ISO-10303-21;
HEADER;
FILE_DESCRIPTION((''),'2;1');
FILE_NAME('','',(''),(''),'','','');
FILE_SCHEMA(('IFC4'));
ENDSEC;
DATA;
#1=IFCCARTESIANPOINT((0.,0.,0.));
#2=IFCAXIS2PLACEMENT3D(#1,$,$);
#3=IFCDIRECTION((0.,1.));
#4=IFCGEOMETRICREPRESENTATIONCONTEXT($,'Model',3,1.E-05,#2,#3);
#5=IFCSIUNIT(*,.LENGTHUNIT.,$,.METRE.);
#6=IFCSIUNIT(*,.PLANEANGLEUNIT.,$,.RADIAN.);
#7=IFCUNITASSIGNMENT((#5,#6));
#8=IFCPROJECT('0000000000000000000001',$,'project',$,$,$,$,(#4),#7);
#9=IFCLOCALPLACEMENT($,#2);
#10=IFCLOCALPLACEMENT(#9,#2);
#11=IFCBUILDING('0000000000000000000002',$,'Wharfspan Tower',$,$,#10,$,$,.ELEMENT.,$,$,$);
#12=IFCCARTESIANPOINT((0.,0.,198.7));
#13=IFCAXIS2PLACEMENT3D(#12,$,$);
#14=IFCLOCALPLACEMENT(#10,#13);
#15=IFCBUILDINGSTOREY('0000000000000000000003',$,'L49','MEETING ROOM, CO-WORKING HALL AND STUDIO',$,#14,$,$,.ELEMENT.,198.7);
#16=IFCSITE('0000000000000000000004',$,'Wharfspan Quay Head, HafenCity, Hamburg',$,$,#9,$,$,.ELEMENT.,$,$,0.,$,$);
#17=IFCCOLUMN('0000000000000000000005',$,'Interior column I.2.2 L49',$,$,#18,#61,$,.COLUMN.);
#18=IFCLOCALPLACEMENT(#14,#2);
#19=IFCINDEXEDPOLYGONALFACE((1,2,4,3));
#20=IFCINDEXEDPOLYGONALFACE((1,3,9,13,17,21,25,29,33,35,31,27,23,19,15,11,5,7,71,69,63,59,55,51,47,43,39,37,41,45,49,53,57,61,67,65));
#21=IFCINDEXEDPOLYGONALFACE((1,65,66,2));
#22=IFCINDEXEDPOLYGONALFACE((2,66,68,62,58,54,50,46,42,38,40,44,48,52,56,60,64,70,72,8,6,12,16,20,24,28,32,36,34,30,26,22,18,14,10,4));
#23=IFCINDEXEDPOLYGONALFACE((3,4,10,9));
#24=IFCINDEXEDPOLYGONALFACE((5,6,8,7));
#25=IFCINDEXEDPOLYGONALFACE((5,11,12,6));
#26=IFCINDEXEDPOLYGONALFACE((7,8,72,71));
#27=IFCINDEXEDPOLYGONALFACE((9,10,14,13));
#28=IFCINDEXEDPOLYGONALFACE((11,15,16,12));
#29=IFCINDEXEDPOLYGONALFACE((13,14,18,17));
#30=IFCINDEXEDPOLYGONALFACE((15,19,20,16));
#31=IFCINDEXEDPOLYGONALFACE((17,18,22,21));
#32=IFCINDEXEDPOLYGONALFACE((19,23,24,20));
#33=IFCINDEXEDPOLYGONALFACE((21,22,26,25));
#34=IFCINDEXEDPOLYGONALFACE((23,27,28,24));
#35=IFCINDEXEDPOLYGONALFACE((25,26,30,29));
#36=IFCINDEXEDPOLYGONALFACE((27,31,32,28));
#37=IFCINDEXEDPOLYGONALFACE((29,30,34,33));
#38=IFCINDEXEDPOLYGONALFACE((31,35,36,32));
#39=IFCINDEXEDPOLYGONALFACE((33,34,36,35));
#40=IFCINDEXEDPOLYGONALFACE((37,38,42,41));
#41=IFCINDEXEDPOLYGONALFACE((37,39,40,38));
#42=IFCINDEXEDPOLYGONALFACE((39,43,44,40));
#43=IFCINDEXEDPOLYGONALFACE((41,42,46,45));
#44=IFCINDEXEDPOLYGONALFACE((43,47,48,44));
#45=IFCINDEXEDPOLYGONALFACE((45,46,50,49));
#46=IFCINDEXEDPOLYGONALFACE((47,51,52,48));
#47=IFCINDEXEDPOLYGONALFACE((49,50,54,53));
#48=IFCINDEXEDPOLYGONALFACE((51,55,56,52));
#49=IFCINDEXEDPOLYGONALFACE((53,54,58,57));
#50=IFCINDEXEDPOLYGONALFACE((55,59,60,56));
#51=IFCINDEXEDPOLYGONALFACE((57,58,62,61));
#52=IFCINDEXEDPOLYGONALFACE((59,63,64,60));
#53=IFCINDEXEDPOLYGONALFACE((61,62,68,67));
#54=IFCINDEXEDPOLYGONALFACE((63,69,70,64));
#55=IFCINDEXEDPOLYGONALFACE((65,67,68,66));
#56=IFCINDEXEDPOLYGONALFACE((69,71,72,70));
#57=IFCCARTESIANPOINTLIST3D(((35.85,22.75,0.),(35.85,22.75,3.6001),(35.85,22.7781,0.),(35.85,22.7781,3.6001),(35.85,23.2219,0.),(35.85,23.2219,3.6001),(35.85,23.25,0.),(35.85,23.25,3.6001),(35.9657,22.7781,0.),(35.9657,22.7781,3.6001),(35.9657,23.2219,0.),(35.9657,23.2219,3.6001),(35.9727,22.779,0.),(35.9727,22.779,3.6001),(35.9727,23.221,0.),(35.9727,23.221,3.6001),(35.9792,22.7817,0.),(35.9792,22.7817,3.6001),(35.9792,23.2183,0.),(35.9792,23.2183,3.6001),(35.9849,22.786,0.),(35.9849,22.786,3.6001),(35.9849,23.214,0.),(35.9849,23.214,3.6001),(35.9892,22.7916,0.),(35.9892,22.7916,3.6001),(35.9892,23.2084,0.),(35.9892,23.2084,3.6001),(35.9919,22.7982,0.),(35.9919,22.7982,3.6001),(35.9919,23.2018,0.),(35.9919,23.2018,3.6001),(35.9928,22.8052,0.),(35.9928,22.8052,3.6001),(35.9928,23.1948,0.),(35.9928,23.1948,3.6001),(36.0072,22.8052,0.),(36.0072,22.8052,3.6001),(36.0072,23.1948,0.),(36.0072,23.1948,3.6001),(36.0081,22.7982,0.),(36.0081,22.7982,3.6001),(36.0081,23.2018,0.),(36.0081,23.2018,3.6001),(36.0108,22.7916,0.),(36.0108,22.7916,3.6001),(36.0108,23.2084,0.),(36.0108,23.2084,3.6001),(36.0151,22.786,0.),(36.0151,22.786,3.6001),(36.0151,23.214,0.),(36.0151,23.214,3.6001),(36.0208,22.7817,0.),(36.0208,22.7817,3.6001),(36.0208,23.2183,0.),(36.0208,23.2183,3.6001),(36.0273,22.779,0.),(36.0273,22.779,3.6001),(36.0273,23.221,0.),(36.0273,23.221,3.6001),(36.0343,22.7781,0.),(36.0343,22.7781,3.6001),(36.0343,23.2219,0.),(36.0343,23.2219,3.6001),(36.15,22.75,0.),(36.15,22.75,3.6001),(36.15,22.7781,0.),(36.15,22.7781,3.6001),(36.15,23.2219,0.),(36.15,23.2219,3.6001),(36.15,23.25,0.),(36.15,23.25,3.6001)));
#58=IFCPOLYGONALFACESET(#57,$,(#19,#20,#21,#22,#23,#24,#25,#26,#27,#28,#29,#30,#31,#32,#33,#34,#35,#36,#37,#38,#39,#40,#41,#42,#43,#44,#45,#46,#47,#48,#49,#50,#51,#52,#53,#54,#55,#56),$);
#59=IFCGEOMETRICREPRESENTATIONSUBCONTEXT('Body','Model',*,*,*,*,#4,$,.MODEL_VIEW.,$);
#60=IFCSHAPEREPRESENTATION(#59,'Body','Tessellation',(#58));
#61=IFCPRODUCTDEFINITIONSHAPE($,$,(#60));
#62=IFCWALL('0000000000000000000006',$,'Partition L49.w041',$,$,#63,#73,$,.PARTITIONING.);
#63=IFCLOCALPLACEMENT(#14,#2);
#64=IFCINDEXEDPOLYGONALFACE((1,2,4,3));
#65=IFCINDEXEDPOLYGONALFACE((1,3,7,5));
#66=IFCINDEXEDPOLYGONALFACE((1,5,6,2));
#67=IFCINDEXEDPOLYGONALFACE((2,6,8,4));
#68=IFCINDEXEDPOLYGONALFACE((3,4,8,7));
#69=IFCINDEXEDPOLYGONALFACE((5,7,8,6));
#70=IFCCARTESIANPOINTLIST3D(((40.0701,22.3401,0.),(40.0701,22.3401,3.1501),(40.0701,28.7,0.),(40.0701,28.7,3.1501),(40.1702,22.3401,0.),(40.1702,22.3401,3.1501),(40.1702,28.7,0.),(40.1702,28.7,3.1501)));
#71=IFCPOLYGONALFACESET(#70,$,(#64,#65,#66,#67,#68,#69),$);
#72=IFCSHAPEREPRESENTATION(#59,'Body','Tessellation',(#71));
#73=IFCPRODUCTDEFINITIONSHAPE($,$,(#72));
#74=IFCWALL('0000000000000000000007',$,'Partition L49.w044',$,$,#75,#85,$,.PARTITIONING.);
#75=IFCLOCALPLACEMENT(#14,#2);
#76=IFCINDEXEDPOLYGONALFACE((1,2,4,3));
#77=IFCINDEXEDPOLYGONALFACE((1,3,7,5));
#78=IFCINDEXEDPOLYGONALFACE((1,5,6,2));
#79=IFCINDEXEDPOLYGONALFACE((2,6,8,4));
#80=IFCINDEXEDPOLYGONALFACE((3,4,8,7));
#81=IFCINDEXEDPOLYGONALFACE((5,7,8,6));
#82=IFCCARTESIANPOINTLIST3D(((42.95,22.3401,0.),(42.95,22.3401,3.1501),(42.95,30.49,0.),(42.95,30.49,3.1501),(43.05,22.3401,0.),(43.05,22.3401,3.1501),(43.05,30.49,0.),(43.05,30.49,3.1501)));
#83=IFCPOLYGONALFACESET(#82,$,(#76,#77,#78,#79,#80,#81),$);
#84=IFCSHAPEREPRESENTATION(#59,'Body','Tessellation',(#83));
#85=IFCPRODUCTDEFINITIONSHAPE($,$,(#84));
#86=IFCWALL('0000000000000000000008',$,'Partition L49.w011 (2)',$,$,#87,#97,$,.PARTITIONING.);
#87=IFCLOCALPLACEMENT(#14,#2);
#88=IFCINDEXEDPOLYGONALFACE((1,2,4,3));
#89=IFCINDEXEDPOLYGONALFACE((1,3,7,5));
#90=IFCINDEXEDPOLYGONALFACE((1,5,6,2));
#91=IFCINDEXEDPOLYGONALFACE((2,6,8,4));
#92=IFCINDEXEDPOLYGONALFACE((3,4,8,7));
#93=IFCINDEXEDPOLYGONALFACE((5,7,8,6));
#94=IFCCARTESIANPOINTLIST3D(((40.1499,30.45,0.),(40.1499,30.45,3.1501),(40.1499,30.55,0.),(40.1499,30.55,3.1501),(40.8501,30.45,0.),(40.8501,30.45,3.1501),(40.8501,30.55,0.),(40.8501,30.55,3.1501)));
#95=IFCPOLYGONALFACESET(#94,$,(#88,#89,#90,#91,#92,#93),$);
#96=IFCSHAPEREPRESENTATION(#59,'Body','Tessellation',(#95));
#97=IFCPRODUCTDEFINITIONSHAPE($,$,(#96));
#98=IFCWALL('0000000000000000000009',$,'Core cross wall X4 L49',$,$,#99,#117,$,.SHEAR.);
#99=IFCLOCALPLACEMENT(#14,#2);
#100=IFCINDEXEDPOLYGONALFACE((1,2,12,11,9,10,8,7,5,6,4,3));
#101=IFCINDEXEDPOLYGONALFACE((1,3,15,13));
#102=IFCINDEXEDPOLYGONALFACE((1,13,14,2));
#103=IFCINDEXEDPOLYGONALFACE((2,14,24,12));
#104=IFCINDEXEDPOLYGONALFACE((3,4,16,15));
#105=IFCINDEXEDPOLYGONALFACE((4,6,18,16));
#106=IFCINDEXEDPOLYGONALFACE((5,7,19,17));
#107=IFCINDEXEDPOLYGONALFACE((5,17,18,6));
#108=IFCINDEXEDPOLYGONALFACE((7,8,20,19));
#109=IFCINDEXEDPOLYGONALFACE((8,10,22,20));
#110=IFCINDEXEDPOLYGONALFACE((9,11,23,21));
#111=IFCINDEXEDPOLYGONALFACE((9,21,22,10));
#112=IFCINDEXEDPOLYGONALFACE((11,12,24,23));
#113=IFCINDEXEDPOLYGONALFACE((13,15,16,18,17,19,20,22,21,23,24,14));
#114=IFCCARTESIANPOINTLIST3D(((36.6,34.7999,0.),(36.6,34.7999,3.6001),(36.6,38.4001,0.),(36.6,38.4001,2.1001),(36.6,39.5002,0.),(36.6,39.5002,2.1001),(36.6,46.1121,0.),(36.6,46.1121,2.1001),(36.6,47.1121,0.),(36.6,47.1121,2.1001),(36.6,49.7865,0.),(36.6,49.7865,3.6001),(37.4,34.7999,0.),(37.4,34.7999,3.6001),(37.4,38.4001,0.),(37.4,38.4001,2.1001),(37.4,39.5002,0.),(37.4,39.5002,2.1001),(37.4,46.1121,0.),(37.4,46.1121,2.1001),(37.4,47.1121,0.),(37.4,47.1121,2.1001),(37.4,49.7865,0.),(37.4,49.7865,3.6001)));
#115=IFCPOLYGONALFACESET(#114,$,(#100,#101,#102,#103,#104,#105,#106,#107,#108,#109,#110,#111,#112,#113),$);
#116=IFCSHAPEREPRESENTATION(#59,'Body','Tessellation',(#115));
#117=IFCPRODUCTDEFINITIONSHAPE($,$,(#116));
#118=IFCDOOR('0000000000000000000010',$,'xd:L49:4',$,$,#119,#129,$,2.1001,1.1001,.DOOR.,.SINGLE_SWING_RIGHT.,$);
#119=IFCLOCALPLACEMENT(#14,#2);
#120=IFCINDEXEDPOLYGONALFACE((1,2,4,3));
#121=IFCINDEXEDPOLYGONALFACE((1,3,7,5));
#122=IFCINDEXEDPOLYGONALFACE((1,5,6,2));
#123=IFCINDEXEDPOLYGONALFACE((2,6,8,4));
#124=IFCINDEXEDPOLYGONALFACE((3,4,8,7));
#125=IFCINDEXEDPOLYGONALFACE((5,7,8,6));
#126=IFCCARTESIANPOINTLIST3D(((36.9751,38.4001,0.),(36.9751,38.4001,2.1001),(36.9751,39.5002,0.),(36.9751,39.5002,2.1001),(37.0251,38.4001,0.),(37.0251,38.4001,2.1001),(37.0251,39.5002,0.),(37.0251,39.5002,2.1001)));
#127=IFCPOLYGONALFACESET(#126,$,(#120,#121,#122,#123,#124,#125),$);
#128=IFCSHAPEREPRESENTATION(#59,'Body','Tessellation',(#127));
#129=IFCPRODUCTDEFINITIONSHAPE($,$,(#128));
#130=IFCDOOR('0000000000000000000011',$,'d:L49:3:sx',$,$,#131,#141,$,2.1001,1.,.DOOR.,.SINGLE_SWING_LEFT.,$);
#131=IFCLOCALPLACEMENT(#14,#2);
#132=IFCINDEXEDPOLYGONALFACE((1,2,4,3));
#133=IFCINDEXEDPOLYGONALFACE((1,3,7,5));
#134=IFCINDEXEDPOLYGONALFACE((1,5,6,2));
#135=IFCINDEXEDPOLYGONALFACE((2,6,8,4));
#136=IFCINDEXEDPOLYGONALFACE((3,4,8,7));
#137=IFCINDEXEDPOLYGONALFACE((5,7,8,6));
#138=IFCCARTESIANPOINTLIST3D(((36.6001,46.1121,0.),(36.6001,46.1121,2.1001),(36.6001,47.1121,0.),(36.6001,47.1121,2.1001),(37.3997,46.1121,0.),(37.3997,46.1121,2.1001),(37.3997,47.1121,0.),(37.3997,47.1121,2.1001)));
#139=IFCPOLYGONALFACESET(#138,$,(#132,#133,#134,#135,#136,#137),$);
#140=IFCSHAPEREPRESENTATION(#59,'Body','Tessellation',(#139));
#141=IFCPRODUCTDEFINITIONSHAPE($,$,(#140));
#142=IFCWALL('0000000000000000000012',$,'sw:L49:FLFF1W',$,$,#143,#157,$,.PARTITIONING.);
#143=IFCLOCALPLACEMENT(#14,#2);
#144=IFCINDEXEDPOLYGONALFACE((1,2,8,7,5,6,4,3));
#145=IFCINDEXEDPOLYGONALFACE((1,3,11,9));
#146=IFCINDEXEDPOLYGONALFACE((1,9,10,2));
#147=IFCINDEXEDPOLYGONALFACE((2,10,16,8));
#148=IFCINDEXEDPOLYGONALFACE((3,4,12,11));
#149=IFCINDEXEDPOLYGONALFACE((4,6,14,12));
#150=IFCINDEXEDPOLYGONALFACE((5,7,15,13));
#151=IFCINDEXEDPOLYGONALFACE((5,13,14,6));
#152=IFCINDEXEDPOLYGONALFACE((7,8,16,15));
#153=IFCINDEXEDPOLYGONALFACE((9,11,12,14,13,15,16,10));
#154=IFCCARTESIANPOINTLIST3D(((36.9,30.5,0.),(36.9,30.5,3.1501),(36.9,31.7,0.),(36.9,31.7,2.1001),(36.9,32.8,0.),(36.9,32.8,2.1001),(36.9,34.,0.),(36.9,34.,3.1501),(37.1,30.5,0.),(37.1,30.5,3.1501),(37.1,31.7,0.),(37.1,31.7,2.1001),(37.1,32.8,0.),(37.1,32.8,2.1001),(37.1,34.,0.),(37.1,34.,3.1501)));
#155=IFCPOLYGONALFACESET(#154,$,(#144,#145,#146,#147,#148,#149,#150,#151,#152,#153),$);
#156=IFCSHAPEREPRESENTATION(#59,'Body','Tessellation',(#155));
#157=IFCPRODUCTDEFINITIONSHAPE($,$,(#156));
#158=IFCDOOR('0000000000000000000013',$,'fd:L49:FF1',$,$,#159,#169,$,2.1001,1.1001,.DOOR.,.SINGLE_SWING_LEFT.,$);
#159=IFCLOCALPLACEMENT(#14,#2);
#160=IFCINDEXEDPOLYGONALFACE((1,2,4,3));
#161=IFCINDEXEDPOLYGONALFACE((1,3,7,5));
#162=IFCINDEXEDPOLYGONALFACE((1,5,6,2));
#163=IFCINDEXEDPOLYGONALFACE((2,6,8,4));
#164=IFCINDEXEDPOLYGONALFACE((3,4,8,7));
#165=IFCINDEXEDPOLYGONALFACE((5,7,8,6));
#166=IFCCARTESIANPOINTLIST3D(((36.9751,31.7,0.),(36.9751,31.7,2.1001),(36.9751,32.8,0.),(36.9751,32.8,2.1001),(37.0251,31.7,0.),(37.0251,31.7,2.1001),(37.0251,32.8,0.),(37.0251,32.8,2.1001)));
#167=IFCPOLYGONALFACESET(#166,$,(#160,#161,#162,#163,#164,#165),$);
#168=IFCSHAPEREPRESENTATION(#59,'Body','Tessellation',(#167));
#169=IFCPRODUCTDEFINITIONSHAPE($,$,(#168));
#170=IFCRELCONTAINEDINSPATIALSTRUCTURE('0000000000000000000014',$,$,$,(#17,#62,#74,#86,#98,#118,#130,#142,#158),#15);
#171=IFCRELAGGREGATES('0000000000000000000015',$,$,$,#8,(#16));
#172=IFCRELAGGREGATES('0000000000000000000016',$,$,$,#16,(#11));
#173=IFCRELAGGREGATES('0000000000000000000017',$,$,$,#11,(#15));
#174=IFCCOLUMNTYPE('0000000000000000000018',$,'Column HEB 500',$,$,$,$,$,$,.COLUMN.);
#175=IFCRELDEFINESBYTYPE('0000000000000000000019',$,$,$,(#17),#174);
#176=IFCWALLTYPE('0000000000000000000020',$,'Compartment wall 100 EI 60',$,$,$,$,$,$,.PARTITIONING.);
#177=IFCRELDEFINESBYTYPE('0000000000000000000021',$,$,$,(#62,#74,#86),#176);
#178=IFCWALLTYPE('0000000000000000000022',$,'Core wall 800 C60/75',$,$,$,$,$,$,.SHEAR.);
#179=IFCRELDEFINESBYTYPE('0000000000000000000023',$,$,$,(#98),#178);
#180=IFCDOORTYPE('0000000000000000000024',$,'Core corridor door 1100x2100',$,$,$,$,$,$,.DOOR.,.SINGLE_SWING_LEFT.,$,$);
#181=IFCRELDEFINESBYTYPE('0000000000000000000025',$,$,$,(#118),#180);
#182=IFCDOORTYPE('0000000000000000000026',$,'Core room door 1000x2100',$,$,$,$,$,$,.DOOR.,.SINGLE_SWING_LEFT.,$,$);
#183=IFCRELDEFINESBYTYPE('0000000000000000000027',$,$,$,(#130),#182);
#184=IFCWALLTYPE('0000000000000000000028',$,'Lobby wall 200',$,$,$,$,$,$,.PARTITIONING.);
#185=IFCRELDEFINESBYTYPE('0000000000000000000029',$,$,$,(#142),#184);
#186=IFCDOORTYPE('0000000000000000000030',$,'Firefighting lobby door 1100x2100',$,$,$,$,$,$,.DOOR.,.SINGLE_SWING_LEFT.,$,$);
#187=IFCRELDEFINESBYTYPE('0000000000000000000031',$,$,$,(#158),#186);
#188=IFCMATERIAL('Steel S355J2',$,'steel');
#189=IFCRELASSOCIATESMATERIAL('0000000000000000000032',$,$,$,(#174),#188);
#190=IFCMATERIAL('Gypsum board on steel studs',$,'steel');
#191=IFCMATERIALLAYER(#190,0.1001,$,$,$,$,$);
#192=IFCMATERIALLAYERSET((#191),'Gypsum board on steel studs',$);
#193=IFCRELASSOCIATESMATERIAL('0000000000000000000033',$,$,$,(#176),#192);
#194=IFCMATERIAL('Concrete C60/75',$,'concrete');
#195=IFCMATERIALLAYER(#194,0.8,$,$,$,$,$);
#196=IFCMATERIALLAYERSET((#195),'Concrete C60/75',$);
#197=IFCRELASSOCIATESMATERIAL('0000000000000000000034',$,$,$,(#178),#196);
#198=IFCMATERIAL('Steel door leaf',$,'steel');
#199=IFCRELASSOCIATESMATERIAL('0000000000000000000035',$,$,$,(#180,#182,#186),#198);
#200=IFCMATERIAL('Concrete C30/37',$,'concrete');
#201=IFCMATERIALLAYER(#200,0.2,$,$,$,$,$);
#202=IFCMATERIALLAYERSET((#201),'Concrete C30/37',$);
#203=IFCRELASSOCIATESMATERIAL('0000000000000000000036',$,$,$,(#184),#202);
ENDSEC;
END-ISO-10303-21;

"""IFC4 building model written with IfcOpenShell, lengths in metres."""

from ifc_helpers import new_model, si_unit, direction, frame, frame_2d, origin, origin_2d, place, context, subcontext, project, spatial, rectangle, i_section, extrude, material, layer, layer_set, material_profile, profile_set, type_object, element, fill, save


model = new_model("IFC4")

# Units and contexts
model_context = context("Model", 3, precision=1e-05, world=origin(), true_north=direction((0.0, 1.0)))
body_context = subcontext(model_context, "Body", "Model", "MODEL_VIEW")
ifc_project = project(units=[si_unit("LENGTHUNIT", "METRE"), si_unit("PLANEANGLEUNIT", "RADIAN")], contexts=[model_context])

# Site, building, storey
site_placement = place(None, origin())
site = spatial("IfcSite", under=ifc_project, at=site_placement, Name="Wharfspan Quay Head, HafenCity, Hamburg", CompositionType="ELEMENT", RefElevation=0.0)
building_placement = place(site_placement, origin())
building = spatial("IfcBuilding", under=site, at=building_placement, Name="Wharfspan Tower", CompositionType="ELEMENT")
storey_placement = place(building_placement, frame((0.0, 0.0, 198.7)))
storey = spatial("IfcBuildingStorey", under=building, at=storey_placement, Name="L49", Description="MEETING ROOM, CO-WORKING HALL AND STUDIO", CompositionType="ELEMENT", Elevation=198.7)

# Column
ifc_material_1 = material(Name="Steel S355J2", Category="steel")
ifc_material_profile = material_profile(ifc_material_1, i_section(OverallWidth=0.3, OverallDepth=0.5, WebThickness=0.0144, FlangeThickness=0.0281, FilletRadius=0.0271, at=origin_2d()))
ifc_profile_set = profile_set([ifc_material_profile], Name="Steel S355J2")
column_type = type_object("IfcColumnType", Name="Column HEB 500", PredefinedType="COLUMN", material=ifc_profile_set)
column_placement = place(storey_placement, frame((36.0, 23.0, 0.0), z_axis=(0.0, 0.0, 1.0), x_axis=(1.0, 0.0, 0.0)))
element("IfcColumn", 1, at=column_placement, inside=storey, type_object=column_type, Name="Interior column I.2.2 L49", PredefinedType="COLUMN", context=body_context, shape_type="SweptSolid", body=[
    extrude(i_section(OverallWidth=0.3, OverallDepth=0.5, WebThickness=0.0144, FlangeThickness=0.0281, FilletRadius=0.0271, at=origin_2d()), origin(), (0.0, 0.0, 1.0), 3.6001),
])

# Walls
ifc_material_2 = material(Name="Gypsum board on steel studs", Category="steel")
ifc_layer_1 = layer(ifc_material_2, 0.1001)
ifc_layer_set_1 = layer_set([ifc_layer_1], Name="Gypsum board on steel studs")
wall_type_1 = type_object("IfcWallType", Name="Compartment wall 100 EI 60", PredefinedType="PARTITIONING", material=ifc_layer_set_1)
wall_1_placement = place(storey_placement, frame((40.1201, 22.3401, 0.0), z_axis=(0.0, 0.0, 1.0), x_axis=(0.0, 1.0, 0.0)))
element("IfcWall", 2, at=wall_1_placement, inside=storey, type_object=wall_type_1, Name="Partition L49.w041", PredefinedType="PARTITIONING", context=body_context, shape_type="SweptSolid", body=[
    extrude(rectangle(XDim=6.3599, YDim=0.1001, at=frame_2d((3.1799, 0.0))), origin(), (0.0, 0.0, 1.0), 3.1501),
])
wall_2_placement = place(storey_placement, frame((43.0, 22.3401, 0.0), z_axis=(0.0, 0.0, 1.0), x_axis=(0.0, 1.0, 0.0)))
element("IfcWall", 3, at=wall_2_placement, inside=storey, type_object=wall_type_1, Name="Partition L49.w044", PredefinedType="PARTITIONING", context=body_context, shape_type="SweptSolid", body=[
    extrude(rectangle(XDim=8.1499, YDim=0.1001, at=frame_2d((4.075, 0.0))), origin(), (0.0, 0.0, 1.0), 3.1501),
])
wall_3_placement = place(storey_placement, frame((40.1499, 30.5, 0.0), z_axis=(0.0, 0.0, 1.0), x_axis=(1.0, 0.0, 0.0)))
element("IfcWall", 4, at=wall_3_placement, inside=storey, type_object=wall_type_1, Name="Partition L49.w011 (2)", PredefinedType="PARTITIONING", context=body_context, shape_type="SweptSolid", body=[
    extrude(rectangle(XDim=0.7002, YDim=0.1001, at=frame_2d((0.3501, 0.0))), origin(), (0.0, 0.0, 1.0), 3.1501),
])

# Wall, openings, doors
ifc_material_3 = material(Name="Concrete C60/75", Category="concrete")
ifc_layer_2 = layer(ifc_material_3, 0.8)
ifc_layer_set_2 = layer_set([ifc_layer_2], Name="Concrete C60/75")
wall_type_2 = type_object("IfcWallType", Name="Core wall 800 C60/75", PredefinedType="SHEAR", material=ifc_layer_set_2)
wall_4_placement = place(storey_placement, frame((37.0, 34.8, 0.0), z_axis=(0.0, 0.0, 1.0), x_axis=(0.0, 1.0, 0.0)))
wall_4 = element("IfcWall", 5, at=wall_4_placement, inside=storey, type_object=wall_type_2, Name="Core cross wall X4 L49", PredefinedType="SHEAR", context=body_context, shape_type="SweptSolid", body=[
    extrude(rectangle(XDim=14.9866, YDim=0.8, at=frame_2d((7.4932, 0.0))), origin(), (0.0, 0.0, 1.0), 3.6001),
])
opening_1_placement = place(wall_4_placement, frame((11.312, 0.0, 0.0)))
opening_1 = element("IfcOpeningElement", 6, at=opening_1_placement, cuts=wall_4, PredefinedType="OPENING", context=body_context, shape_type="SweptSolid", body=[
    extrude(rectangle(XDim=1.0, YDim=2.1001, at=frame_2d((0.5, 1.05))), frame((0.0, 0.4099, 0.0), z_axis=(0.0, -1.0, 0.0), x_axis=(1.0, 0.0, 0.0)), (0.0, 0.0, 1.0), 0.8201),
])
opening_2_placement = place(wall_4_placement, frame((3.6001, 0.0, 0.0)))
opening_2 = element("IfcOpeningElement", 7, at=opening_2_placement, cuts=wall_4, PredefinedType="OPENING", context=body_context, shape_type="SweptSolid", body=[
    extrude(rectangle(XDim=1.1001, YDim=2.1001, at=frame_2d((0.55, 1.05))), frame((0.0, 0.4099, 0.0), z_axis=(0.0, -1.0, 0.0), x_axis=(1.0, 0.0, 0.0)), (0.0, 0.0, 1.0), 0.8201),
])
ifc_material_4 = material(Name="Steel door leaf", Category="steel")
door_type_1 = type_object("IfcDoorType", Name="Core corridor door 1100x2100", OperationType="SINGLE_SWING_LEFT", PredefinedType="DOOR", material=ifc_material_4)
door_1_placement = place(opening_2_placement, origin())
door_1 = element("IfcDoor", 8, at=door_1_placement, inside=storey, type_object=door_type_1, Name="xd:L49:4", OperationType="SINGLE_SWING_RIGHT", OverallHeight=2.1001, OverallWidth=1.1001, PredefinedType="DOOR", context=body_context, shape_type="SweptSolid", body=[
    extrude(rectangle(XDim=1.1001, YDim=2.1001, at=frame_2d((0.55, 1.05))), frame((0.0, 0.0249, 0.0), z_axis=(0.0, -1.0, 0.0), x_axis=(1.0, 0.0, 0.0)), (0.0, 0.0, 1.0), 0.05),
])
fill(opening_2, door_1)
door_type_2 = type_object("IfcDoorType", Name="Core room door 1000x2100", OperationType="SINGLE_SWING_LEFT", PredefinedType="DOOR", material=ifc_material_4)
door_2_placement = place(opening_1_placement, origin())
door_2 = element("IfcDoor", 9, at=door_2_placement, inside=storey, type_object=door_type_2, Name="d:L49:3:sx", OperationType="SINGLE_SWING_LEFT", OverallHeight=2.1001, OverallWidth=1.0, PredefinedType="DOOR", context=body_context, shape_type="SweptSolid", body=[
    extrude(rectangle(XDim=1.0, YDim=2.1001, at=frame_2d((0.5, 1.05))), frame((0.0, 0.3999, 0.0), z_axis=(0.0, -1.0, 0.0), x_axis=(1.0, 0.0, 0.0)), (0.0, 0.0, 1.0), 0.7996),
])
fill(opening_1, door_2)

# Wall, opening, door
ifc_material_5 = material(Name="Concrete C30/37", Category="concrete")
ifc_layer_3 = layer(ifc_material_5, 0.2)
ifc_layer_set_3 = layer_set([ifc_layer_3], Name="Concrete C30/37")
wall_type_3 = type_object("IfcWallType", Name="Lobby wall 200", PredefinedType="PARTITIONING", material=ifc_layer_set_3)
wall_5_placement = place(storey_placement, frame((37.0, 30.5, 0.0), z_axis=(0.0, 0.0, 1.0), x_axis=(0.0, 1.0, 0.0)))
wall_5 = element("IfcWall", 10, at=wall_5_placement, inside=storey, type_object=wall_type_3, Name="sw:L49:FLFF1W", PredefinedType="PARTITIONING", context=body_context, shape_type="SweptSolid", body=[
    extrude(rectangle(XDim=3.5, YDim=0.2, at=frame_2d((1.75, 0.0))), origin(), (0.0, 0.0, 1.0), 3.1501),
])
opening_3_placement = place(wall_5_placement, frame((1.2, 0.0, 0.0)))
opening_3 = element("IfcOpeningElement", 11, at=opening_3_placement, cuts=wall_5, PredefinedType="OPENING", context=body_context, shape_type="SweptSolid", body=[
    extrude(rectangle(XDim=1.1001, YDim=2.1001, at=frame_2d((0.55, 1.05))), frame((0.0, 0.1099, 0.0), z_axis=(0.0, -1.0, 0.0), x_axis=(1.0, 0.0, 0.0)), (0.0, 0.0, 1.0), 0.22),
])
door_type_3 = type_object("IfcDoorType", Name="Firefighting lobby door 1100x2100", OperationType="SINGLE_SWING_LEFT", PredefinedType="DOOR", material=ifc_material_4)
door_3_placement = place(opening_3_placement, origin())
door_3 = element("IfcDoor", 12, at=door_3_placement, inside=storey, type_object=door_type_3, Name="fd:L49:FF1", OperationType="SINGLE_SWING_LEFT", OverallHeight=2.1001, OverallWidth=1.1001, PredefinedType="DOOR", context=body_context, shape_type="SweptSolid", body=[
    extrude(rectangle(XDim=1.1001, YDim=2.1001, at=frame_2d((0.55, 1.05))), frame((0.0, 0.0249, 0.0), z_axis=(0.0, -1.0, 0.0), x_axis=(1.0, 0.0, 0.0)), (0.0, 0.0, 1.0), 0.05),
])
fill(opening_3, door_3)

save(model, "model.ifc")
